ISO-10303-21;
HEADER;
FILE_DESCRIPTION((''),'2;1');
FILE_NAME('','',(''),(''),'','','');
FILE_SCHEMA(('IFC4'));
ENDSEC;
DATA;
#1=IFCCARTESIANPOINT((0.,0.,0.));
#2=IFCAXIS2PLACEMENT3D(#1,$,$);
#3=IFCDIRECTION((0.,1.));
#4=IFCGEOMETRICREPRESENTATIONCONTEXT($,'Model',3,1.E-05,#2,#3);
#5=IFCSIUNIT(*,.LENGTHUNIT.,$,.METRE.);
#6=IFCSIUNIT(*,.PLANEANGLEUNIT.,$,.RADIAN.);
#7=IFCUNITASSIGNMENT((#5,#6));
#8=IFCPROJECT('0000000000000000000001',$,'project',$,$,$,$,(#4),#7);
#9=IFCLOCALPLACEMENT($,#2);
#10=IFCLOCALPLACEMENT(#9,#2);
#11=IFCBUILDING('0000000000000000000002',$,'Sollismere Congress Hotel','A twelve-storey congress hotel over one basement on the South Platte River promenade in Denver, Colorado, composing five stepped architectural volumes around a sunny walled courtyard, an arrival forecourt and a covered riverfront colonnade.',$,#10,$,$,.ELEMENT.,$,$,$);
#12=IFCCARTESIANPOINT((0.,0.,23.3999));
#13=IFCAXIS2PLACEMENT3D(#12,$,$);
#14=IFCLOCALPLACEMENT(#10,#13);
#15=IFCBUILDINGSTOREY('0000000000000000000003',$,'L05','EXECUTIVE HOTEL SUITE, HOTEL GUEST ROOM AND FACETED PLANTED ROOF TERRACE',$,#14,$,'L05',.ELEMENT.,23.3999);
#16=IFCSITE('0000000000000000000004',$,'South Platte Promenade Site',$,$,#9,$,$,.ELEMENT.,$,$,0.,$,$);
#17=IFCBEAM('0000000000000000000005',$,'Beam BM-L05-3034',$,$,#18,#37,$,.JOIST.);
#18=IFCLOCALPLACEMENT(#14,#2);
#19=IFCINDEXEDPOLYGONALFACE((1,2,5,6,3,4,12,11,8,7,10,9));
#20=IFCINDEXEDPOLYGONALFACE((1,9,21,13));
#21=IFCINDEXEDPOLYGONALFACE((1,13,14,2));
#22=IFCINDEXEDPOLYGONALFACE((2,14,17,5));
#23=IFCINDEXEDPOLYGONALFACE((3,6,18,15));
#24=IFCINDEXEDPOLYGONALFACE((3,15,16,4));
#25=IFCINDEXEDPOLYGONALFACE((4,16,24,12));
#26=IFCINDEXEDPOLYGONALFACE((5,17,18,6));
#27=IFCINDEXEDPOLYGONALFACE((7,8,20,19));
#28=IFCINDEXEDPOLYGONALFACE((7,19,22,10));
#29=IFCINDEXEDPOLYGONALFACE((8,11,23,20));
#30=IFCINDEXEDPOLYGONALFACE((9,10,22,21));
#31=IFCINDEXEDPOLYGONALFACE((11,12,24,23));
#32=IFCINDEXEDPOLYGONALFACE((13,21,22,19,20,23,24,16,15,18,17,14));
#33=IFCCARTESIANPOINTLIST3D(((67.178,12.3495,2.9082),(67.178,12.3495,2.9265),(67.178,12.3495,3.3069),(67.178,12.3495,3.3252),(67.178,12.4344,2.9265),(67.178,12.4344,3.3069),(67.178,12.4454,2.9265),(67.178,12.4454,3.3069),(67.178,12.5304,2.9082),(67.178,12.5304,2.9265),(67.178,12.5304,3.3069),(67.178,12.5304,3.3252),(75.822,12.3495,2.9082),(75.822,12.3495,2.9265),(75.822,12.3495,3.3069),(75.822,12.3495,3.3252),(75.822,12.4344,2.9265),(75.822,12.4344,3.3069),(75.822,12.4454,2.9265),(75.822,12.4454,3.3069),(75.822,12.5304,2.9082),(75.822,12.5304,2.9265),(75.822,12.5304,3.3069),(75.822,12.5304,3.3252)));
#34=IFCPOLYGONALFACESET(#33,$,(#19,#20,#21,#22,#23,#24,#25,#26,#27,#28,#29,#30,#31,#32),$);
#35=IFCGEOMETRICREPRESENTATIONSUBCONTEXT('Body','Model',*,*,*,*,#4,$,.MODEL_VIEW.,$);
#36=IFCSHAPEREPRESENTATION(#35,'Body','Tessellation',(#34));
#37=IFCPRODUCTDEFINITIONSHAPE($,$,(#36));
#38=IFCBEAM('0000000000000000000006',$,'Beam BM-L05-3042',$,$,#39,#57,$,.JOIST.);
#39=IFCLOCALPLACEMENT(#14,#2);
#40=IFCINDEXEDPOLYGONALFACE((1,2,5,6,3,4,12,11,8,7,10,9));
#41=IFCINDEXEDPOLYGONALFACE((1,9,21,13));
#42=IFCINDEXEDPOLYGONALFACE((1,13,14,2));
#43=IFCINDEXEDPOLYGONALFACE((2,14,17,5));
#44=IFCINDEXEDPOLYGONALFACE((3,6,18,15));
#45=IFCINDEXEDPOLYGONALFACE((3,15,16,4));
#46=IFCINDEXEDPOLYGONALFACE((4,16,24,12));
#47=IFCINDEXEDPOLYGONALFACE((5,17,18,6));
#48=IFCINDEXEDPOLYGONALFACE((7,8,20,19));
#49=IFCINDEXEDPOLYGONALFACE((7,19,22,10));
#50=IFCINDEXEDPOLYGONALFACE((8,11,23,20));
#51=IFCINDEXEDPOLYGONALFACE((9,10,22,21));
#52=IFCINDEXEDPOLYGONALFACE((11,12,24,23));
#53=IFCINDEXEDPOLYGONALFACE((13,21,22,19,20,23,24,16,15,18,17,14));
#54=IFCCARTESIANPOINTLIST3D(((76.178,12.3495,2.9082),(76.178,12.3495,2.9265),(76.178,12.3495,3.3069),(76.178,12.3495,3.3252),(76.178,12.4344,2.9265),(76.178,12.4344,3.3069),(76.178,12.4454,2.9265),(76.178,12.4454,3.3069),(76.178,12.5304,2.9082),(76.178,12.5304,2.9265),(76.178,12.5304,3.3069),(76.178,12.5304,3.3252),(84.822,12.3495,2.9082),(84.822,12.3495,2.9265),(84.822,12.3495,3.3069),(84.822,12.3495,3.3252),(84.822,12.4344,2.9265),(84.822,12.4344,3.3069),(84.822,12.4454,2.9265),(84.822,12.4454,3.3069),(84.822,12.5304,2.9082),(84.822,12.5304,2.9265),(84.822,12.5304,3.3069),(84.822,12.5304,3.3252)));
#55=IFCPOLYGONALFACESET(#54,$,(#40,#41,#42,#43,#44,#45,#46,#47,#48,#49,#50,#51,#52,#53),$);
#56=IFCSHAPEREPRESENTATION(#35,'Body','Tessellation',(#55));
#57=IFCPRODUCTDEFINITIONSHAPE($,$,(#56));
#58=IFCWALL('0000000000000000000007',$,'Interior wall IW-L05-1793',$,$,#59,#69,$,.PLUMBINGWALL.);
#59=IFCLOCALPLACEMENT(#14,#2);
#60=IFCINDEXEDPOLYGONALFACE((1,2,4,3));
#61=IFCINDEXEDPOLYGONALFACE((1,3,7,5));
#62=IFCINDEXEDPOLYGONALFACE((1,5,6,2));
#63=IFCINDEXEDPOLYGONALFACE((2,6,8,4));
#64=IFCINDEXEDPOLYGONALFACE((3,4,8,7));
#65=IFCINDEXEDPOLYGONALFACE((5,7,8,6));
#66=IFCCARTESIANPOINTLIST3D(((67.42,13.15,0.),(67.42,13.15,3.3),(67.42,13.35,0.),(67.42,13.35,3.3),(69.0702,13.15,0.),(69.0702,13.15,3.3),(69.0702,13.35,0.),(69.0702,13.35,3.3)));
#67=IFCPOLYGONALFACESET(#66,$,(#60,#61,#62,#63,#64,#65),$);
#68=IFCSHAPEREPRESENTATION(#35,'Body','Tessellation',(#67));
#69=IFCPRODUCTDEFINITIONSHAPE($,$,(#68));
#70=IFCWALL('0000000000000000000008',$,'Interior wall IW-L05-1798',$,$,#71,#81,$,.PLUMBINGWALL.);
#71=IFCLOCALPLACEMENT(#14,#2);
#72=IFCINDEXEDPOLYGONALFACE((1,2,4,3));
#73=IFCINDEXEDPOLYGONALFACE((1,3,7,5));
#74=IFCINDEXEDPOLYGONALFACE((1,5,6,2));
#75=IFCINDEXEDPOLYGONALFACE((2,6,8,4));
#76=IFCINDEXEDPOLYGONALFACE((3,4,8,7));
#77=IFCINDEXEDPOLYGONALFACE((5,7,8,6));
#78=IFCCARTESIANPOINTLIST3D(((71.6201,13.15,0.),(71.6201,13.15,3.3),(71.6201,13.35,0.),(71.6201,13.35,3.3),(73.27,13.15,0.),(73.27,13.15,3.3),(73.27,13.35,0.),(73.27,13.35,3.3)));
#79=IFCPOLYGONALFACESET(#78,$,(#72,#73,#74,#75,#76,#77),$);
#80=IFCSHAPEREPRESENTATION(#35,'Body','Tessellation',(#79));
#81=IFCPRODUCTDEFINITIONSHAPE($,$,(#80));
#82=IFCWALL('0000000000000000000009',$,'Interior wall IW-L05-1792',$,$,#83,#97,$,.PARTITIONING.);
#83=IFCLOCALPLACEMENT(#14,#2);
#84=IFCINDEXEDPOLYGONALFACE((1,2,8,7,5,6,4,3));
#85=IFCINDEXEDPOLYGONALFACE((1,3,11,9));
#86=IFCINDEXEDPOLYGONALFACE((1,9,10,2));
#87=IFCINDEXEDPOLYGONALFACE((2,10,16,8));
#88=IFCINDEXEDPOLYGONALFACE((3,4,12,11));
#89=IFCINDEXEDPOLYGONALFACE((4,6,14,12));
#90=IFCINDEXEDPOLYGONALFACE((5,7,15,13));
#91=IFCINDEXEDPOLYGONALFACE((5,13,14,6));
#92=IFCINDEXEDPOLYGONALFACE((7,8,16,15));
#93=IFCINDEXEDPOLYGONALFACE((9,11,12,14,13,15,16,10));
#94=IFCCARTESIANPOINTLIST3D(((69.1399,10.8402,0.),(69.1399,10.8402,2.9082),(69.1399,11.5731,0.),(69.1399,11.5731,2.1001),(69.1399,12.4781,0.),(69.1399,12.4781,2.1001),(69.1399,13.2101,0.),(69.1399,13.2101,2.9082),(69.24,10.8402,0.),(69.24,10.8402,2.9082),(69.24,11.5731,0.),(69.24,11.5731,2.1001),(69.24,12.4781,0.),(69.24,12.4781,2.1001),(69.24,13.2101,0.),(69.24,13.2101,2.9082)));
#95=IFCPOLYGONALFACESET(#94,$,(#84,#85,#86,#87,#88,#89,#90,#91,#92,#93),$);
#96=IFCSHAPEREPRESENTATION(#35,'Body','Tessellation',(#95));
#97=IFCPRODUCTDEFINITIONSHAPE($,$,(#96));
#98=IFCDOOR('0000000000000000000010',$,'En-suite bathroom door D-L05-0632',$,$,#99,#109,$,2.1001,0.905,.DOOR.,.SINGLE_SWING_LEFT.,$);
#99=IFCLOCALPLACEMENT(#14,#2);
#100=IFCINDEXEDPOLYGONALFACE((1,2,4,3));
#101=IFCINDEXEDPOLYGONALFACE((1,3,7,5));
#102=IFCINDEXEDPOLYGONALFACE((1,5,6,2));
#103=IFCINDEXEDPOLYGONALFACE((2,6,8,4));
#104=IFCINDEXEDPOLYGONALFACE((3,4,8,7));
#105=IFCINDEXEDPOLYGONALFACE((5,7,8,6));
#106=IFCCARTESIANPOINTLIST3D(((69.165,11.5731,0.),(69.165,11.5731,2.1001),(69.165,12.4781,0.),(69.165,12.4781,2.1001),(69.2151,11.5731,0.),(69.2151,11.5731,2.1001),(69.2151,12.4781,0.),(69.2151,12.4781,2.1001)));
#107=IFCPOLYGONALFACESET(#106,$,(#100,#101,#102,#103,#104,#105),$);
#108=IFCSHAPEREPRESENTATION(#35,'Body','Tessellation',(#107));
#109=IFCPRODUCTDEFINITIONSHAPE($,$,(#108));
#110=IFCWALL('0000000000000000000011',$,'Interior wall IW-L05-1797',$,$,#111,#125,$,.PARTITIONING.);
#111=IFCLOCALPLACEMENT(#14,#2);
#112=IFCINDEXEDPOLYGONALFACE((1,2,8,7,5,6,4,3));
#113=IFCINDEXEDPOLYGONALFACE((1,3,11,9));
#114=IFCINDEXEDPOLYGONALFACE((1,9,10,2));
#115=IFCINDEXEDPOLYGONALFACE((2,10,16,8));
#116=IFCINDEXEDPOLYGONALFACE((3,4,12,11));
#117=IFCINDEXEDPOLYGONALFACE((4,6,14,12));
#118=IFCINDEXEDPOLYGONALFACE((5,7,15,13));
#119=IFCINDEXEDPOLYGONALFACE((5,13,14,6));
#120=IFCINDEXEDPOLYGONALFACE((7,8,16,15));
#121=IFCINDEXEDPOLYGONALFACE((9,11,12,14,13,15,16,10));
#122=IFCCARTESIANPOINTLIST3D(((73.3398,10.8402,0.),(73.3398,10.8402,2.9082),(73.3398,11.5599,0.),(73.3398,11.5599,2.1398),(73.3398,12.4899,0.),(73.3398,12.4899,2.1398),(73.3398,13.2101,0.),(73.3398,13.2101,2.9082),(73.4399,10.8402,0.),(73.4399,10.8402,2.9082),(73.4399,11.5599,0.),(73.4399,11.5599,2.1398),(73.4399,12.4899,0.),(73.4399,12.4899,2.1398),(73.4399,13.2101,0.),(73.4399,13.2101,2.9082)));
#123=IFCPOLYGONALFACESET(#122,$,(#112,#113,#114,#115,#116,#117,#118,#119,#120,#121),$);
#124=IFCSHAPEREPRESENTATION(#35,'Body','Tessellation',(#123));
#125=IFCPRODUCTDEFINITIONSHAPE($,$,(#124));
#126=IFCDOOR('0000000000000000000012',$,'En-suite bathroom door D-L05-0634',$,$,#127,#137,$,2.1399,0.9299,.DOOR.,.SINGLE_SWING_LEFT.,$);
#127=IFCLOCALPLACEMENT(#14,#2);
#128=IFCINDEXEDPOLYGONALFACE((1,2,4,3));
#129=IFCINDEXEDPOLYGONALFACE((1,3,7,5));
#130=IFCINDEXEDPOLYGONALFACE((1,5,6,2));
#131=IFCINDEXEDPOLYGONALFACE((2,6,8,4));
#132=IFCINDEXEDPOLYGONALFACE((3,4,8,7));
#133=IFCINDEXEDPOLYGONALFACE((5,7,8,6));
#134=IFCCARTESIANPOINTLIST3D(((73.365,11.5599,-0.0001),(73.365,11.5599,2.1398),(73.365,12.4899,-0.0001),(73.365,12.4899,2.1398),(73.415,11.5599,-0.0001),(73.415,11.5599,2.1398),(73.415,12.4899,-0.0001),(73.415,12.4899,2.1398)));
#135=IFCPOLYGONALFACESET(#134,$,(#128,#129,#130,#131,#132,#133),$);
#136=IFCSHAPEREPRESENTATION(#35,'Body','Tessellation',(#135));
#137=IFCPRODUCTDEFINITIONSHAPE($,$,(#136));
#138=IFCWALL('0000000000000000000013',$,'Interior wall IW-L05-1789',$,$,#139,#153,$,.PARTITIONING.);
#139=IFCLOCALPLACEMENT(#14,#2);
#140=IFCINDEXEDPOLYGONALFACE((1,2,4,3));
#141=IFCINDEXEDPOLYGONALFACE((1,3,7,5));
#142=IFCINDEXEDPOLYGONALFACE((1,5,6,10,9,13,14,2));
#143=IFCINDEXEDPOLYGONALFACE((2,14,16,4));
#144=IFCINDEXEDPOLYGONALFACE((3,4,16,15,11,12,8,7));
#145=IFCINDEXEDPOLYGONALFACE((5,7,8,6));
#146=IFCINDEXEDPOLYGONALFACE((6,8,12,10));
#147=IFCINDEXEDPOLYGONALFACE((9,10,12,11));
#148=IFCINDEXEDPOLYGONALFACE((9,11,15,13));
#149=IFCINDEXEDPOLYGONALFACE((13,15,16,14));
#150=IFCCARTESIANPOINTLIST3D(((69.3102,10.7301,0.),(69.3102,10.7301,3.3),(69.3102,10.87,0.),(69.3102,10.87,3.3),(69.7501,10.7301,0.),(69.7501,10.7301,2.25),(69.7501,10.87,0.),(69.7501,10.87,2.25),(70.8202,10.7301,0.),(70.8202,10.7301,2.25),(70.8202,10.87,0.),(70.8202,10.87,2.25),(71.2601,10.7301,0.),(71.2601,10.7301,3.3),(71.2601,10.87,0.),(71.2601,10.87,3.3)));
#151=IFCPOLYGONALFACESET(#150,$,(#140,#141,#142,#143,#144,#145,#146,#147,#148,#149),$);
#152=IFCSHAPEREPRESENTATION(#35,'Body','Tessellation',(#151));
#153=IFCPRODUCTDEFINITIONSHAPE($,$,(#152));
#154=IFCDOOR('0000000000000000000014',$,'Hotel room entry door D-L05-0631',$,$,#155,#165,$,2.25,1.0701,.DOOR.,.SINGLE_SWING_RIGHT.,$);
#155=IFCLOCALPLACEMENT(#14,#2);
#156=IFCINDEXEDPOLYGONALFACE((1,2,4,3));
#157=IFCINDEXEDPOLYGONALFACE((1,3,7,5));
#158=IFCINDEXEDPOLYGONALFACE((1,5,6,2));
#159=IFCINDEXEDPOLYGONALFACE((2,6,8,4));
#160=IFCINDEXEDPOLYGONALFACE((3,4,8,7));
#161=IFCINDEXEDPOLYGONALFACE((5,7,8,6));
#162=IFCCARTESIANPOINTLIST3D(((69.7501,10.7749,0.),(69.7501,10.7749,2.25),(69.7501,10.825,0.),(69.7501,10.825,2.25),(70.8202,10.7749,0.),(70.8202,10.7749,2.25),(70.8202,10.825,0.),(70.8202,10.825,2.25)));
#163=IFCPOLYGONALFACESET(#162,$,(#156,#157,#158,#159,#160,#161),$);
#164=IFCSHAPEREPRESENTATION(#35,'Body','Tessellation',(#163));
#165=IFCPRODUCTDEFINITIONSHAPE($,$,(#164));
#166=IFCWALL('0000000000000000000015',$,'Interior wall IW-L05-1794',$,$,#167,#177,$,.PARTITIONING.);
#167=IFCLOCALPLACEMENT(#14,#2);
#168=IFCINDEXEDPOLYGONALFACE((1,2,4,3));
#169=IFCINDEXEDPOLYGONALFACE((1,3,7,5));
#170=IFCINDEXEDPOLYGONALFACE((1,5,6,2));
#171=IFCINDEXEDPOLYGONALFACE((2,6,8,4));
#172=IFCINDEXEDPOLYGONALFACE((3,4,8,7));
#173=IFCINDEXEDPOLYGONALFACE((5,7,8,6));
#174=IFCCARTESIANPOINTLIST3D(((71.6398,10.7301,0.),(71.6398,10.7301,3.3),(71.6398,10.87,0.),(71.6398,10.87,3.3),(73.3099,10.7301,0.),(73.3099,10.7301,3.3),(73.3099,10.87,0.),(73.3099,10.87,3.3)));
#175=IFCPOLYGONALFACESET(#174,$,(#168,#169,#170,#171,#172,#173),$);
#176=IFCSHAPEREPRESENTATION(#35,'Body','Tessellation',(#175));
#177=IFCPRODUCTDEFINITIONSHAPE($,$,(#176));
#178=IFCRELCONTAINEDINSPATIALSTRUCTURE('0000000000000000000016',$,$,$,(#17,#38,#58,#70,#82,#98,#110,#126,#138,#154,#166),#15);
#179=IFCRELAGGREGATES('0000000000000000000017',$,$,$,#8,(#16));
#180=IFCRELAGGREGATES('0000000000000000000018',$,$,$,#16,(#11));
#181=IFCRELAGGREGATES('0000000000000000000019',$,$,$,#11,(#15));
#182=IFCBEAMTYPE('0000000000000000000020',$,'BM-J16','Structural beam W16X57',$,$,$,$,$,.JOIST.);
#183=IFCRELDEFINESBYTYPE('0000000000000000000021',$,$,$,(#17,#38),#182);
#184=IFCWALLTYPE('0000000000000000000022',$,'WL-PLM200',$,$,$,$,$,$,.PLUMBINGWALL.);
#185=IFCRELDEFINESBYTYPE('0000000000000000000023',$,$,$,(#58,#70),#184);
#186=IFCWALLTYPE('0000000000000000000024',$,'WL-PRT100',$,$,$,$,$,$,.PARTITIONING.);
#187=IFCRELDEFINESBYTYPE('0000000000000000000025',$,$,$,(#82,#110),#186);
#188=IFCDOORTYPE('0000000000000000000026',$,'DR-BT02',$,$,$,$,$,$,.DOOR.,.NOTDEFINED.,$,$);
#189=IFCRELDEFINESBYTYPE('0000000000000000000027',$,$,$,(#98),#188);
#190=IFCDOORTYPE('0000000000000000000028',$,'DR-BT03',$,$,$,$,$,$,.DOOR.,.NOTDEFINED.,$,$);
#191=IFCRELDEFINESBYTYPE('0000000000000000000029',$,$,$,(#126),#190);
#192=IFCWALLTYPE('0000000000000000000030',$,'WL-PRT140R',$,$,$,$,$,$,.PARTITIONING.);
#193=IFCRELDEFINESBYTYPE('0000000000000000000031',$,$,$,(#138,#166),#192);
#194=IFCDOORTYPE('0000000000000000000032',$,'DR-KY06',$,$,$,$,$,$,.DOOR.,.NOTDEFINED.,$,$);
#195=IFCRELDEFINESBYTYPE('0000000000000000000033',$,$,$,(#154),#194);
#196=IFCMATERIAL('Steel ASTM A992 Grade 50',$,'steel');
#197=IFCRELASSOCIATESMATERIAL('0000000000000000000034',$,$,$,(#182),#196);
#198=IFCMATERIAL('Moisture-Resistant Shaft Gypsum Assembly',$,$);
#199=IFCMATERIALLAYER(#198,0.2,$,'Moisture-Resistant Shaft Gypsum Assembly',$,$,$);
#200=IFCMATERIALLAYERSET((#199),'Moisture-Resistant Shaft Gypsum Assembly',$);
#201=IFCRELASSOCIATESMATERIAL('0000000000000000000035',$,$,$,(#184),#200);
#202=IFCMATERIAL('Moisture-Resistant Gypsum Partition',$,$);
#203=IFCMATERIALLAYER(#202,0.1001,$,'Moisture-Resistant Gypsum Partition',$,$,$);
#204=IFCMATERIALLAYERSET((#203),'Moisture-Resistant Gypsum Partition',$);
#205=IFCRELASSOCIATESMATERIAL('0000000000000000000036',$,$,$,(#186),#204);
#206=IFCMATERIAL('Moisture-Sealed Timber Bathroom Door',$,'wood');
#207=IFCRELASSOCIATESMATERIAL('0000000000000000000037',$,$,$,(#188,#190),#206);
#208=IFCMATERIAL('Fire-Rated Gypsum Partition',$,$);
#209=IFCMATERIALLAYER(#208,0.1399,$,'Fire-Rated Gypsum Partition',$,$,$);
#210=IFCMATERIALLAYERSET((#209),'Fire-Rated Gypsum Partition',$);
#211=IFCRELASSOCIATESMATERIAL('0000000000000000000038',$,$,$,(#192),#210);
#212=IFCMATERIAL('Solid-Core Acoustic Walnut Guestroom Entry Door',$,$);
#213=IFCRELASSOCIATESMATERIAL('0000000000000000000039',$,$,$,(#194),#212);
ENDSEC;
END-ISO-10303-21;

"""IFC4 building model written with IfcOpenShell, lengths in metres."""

from ifc_helpers import new_model, si_unit, direction, frame, frame_2d, origin, origin_2d, place, context, subcontext, project, spatial, rectangle, i_section, extrude, material, layer, layer_set, material_profile, profile_set, type_object, element, fill, save


model = new_model("IFC4")

# Units and contexts
model_context = context("Model", 3, precision=1e-05, world=origin(), true_north=direction((0.0, 1.0)))
body_context = subcontext(model_context, "Body", "Model", "MODEL_VIEW")
ifc_project = project(units=[si_unit("LENGTHUNIT", "METRE"), si_unit("PLANEANGLEUNIT", "RADIAN")], contexts=[model_context])

# Site, building, storey
site_placement = place(None, origin())
site = spatial("IfcSite", under=ifc_project, at=site_placement, Name="South Platte Promenade Site", CompositionType="ELEMENT", RefElevation=0.0)
building_placement = place(site_placement, origin())
building = spatial("IfcBuilding", under=site, at=building_placement, Name="Sollismere Congress Hotel", Description="A twelve-storey congress hotel over one basement on the South Platte River promenade in Denver, Colorado, composing five stepped architectural volumes around a sunny walled courtyard, an arrival forecourt and a covered riverfront colonnade.", CompositionType="ELEMENT")
storey_placement = place(building_placement, frame((0.0, 0.0, 23.3999)))
storey = spatial("IfcBuildingStorey", under=building, at=storey_placement, Name="L05", Description="EXECUTIVE HOTEL SUITE, HOTEL GUEST ROOM AND FACETED PLANTED ROOF TERRACE", LongName="L05", CompositionType="ELEMENT", Elevation=23.3999)

# Beams
ifc_material_1 = material(Name="Steel ASTM A992 Grade 50", Category="steel")
ifc_material_profile = material_profile(ifc_material_1, i_section(OverallWidth=0.1809, OverallDepth=0.417, WebThickness=0.011, FlangeThickness=0.0183, at=origin_2d()), Name="W16X57")
ifc_profile_set = profile_set([ifc_material_profile], Name="Steel ASTM A992 Grade 50")
beam_type = type_object("IfcBeamType", Name="BM-J16", Description="Structural beam W16X57", PredefinedType="JOIST", material=ifc_profile_set)
for number, where, z_axis, x_axis, name in (
    (1, (67.178, 12.4399, 3.1167), (1.0, 0.0, 0.0), (0.0, 1.0, 0.0), "Beam BM-L05-3034"),
    (2, (76.178, 12.4399, 3.1167), (1.0, 0.0, 0.0), (0.0, 1.0, 0.0), "Beam BM-L05-3042"),
):
    element("IfcBeam", number, at=place(storey_placement, frame(where, z_axis=z_axis, x_axis=x_axis)), inside=storey, type_object=beam_type, Name=name, PredefinedType="JOIST", context=body_context, shape_type="SweptSolid", body=[
        extrude(i_section(OverallWidth=0.1809, OverallDepth=0.417, WebThickness=0.011, FlangeThickness=0.0183, at=origin_2d()), origin(), (0.0, 0.0, 1.0), 8.644),
    ])

# Walls
ifc_material_2 = material(Name="Moisture-Resistant Shaft Gypsum Assembly")
ifc_layer_1 = layer(ifc_material_2, 0.2, Name="Moisture-Resistant Shaft Gypsum Assembly")
ifc_layer_set_1 = layer_set([ifc_layer_1], Name="Moisture-Resistant Shaft Gypsum Assembly")
wall_type_1 = type_object("IfcWallType", Name="WL-PLM200", PredefinedType="PLUMBINGWALL", material=ifc_layer_set_1)
wall_1_placement = place(storey_placement, frame((67.4199, 13.25, 0.0), z_axis=(0.0, 0.0, 1.0), x_axis=(1.0, 0.0, 0.0)))
element("IfcWall", 3, at=wall_1_placement, inside=storey, type_object=wall_type_1, Name="Interior wall IW-L05-1793", PredefinedType="PLUMBINGWALL", context=body_context, shape_type="SweptSolid", body=[
    extrude(rectangle(XDim=1.6501, YDim=0.2, at=frame_2d((0.8252, 0.0))), origin(), (0.0, 0.0, 1.0), 3.3),
])
wall_2_placement = place(storey_placement, frame((71.6201, 13.25, 0.0), z_axis=(0.0, 0.0, 1.0), x_axis=(1.0, 0.0, 0.0)))
element("IfcWall", 4, at=wall_2_placement, inside=storey, type_object=wall_type_1, Name="Interior wall IW-L05-1798", PredefinedType="PLUMBINGWALL", context=body_context, shape_type="SweptSolid", body=[
    extrude(rectangle(XDim=1.6499, YDim=0.2, at=frame_2d((0.825, 0.0))), origin(), (0.0, 0.0, 1.0), 3.3),
])

# Walls, openings, doors
ifc_material_3 = material(Name="Moisture-Resistant Gypsum Partition")
ifc_layer_2 = layer(ifc_material_3, 0.1001, Name="Moisture-Resistant Gypsum Partition")
ifc_layer_set_2 = layer_set([ifc_layer_2], Name="Moisture-Resistant Gypsum Partition")
wall_type_2 = type_object("IfcWallType", Name="WL-PRT100", PredefinedType="PARTITIONING", material=ifc_layer_set_2)
wall_3_placement = place(storey_placement, frame((69.1899, 10.8401, 0.0), z_axis=(0.0, 0.0, 1.0), x_axis=(0.0, 1.0, 0.0)))
wall_3 = element("IfcWall", 5, at=wall_3_placement, inside=storey, type_object=wall_type_2, Name="Interior wall IW-L05-1792", PredefinedType="PARTITIONING", context=body_context, shape_type="SweptSolid", body=[
    extrude(rectangle(XDim=2.3699, YDim=0.1001, at=frame_2d((1.1851, 0.0))), origin(), (0.0, 0.0, 1.0), 2.9082),
])
opening_1_placement = place(wall_3_placement, frame((0.7329, 0.0, 0.0)))
opening_1 = element("IfcOpeningElement", 6, at=opening_1_placement, cuts=wall_3, PredefinedType="OPENING", context=body_context, shape_type="SweptSolid", body=[
    extrude(rectangle(XDim=0.905, YDim=2.1001, at=frame_2d((0.4526, 1.05))), frame((0.0, 0.0601, 0.0), z_axis=(0.0, -1.0, 0.0), x_axis=(1.0, 0.0, 0.0)), (0.0, 0.0, 1.0), 0.1201),
])
ifc_material_4 = material(Name="Moisture-Sealed Timber Bathroom Door", Category="wood")
door_type_1 = type_object("IfcDoorType", Name="DR-BT02", OperationType="NOTDEFINED", PredefinedType="DOOR", material=ifc_material_4)
door_1_placement = place(opening_1_placement, origin())
door_1 = element("IfcDoor", 7, at=door_1_placement, inside=storey, type_object=door_type_1, Name="En-suite bathroom door D-L05-0632", OperationType="SINGLE_SWING_LEFT", OverallHeight=2.1001, OverallWidth=0.905, PredefinedType="DOOR", context=body_context, shape_type="SweptSolid", body=[
    extrude(rectangle(XDim=0.905, YDim=2.1001, at=frame_2d((0.4526, 1.05))), frame((0.0, 0.0249, 0.0), z_axis=(0.0, -1.0, 0.0), x_axis=(1.0, 0.0, 0.0)), (0.0, 0.0, 1.0), 0.05),
])
fill(opening_1, door_1)
wall_4_placement = place(storey_placement, frame((73.3899, 10.8401, 0.0), z_axis=(0.0, 0.0, 1.0), x_axis=(0.0, 1.0, 0.0)))
wall_4 = element("IfcWall", 8, at=wall_4_placement, inside=storey, type_object=wall_type_2, Name="Interior wall IW-L05-1797", PredefinedType="PARTITIONING", context=body_context, shape_type="SweptSolid", body=[
    extrude(rectangle(XDim=2.3699, YDim=0.1001, at=frame_2d((1.1851, 0.0))), origin(), (0.0, 0.0, 1.0), 2.9082),
])
opening_2_placement = place(wall_4_placement, frame((0.72, 0.0, 0.0)))
opening_2 = element("IfcOpeningElement", 9, at=opening_2_placement, cuts=wall_4, PredefinedType="OPENING", context=body_context, shape_type="SweptSolid", body=[
    extrude(rectangle(XDim=0.9299, YDim=2.1399, at=frame_2d((0.4648, 1.0698))), frame((0.0, 0.0601, 0.0), z_axis=(0.0, -1.0, 0.0), x_axis=(1.0, 0.0, 0.0)), (0.0, 0.0, 1.0), 0.1201),
])
door_type_2 = type_object("IfcDoorType", Name="DR-BT03", OperationType="NOTDEFINED", PredefinedType="DOOR", material=ifc_material_4)
door_2_placement = place(opening_2_placement, origin())
door_2 = element("IfcDoor", 10, at=door_2_placement, inside=storey, type_object=door_type_2, Name="En-suite bathroom door D-L05-0634", OperationType="SINGLE_SWING_LEFT", OverallHeight=2.1399, OverallWidth=0.9299, PredefinedType="DOOR", context=body_context, shape_type="SweptSolid", body=[
    extrude(rectangle(XDim=0.9299, YDim=2.1399, at=frame_2d((0.4648, 1.0698))), frame((0.0, 0.0249, 0.0), z_axis=(0.0, -1.0, 0.0), x_axis=(1.0, 0.0, 0.0)), (0.0, 0.0, 1.0), 0.05),
])
fill(opening_2, door_2)
ifc_material_5 = material(Name="Fire-Rated Gypsum Partition")
ifc_layer_3 = layer(ifc_material_5, 0.1399, Name="Fire-Rated Gypsum Partition")
ifc_layer_set_3 = layer_set([ifc_layer_3], Name="Fire-Rated Gypsum Partition")
wall_type_3 = type_object("IfcWallType", Name="WL-PRT140R", PredefinedType="PARTITIONING", material=ifc_layer_set_3)
wall_5_placement = place(storey_placement, frame((69.3101, 10.8, 0.0), z_axis=(0.0, 0.0, 1.0), x_axis=(1.0, 0.0, 0.0)))
wall_5 = element("IfcWall", 11, at=wall_5_placement, inside=storey, type_object=wall_type_3, Name="Interior wall IW-L05-1789", PredefinedType="PARTITIONING", context=body_context, shape_type="SweptSolid", body=[
    extrude(rectangle(XDim=1.95, YDim=0.1399, at=frame_2d((0.9751, 0.0))), origin(), (0.0, 0.0, 1.0), 3.3),
])
opening_3_placement = place(wall_5_placement, frame((0.4399, 0.0, 0.0)))
opening_3 = element("IfcOpeningElement", 12, at=opening_3_placement, cuts=wall_5, PredefinedType="OPENING", context=body_context, shape_type="SweptSolid", body=[
    extrude(rectangle(XDim=1.0701, YDim=2.25, at=frame_2d((0.5352, 1.125))), frame((0.0, 0.0798, 0.0), z_axis=(0.0, -1.0, 0.0), x_axis=(1.0, 0.0, 0.0)), (0.0, 0.0, 1.0), 0.1599),
])
ifc_material_6 = material(Name="Solid-Core Acoustic Walnut Guestroom Entry Door")
door_type_3 = type_object("IfcDoorType", Name="DR-KY06", OperationType="NOTDEFINED", PredefinedType="DOOR", material=ifc_material_6)
door_3_placement = place(opening_3_placement, origin())
door_3 = element("IfcDoor", 13, at=door_3_placement, inside=storey, type_object=door_type_3, Name="Hotel room entry door D-L05-0631", OperationType="SINGLE_SWING_RIGHT", OverallHeight=2.25, OverallWidth=1.0701, PredefinedType="DOOR", context=body_context, shape_type="SweptSolid", body=[
    extrude(rectangle(XDim=1.0701, YDim=2.25, at=frame_2d((0.5352, 1.125))), frame((0.0, 0.0249, 0.0), z_axis=(0.0, -1.0, 0.0), x_axis=(1.0, 0.0, 0.0)), (0.0, 0.0, 1.0), 0.05),
])
fill(opening_3, door_3)

# Wall
wall_6_placement = place(storey_placement, frame((71.6399, 10.8, 0.0), z_axis=(0.0, 0.0, 1.0), x_axis=(1.0, 0.0, 0.0)))
element("IfcWall", 14, at=wall_6_placement, inside=storey, type_object=wall_type_3, Name="Interior wall IW-L05-1794", PredefinedType="PARTITIONING", context=body_context, shape_type="SweptSolid", body=[
    extrude(rectangle(XDim=1.6702, YDim=0.1399, at=frame_2d((0.835, 0.0))), origin(), (0.0, 0.0, 1.0), 3.3),
])

save(model, "model.ifc")
